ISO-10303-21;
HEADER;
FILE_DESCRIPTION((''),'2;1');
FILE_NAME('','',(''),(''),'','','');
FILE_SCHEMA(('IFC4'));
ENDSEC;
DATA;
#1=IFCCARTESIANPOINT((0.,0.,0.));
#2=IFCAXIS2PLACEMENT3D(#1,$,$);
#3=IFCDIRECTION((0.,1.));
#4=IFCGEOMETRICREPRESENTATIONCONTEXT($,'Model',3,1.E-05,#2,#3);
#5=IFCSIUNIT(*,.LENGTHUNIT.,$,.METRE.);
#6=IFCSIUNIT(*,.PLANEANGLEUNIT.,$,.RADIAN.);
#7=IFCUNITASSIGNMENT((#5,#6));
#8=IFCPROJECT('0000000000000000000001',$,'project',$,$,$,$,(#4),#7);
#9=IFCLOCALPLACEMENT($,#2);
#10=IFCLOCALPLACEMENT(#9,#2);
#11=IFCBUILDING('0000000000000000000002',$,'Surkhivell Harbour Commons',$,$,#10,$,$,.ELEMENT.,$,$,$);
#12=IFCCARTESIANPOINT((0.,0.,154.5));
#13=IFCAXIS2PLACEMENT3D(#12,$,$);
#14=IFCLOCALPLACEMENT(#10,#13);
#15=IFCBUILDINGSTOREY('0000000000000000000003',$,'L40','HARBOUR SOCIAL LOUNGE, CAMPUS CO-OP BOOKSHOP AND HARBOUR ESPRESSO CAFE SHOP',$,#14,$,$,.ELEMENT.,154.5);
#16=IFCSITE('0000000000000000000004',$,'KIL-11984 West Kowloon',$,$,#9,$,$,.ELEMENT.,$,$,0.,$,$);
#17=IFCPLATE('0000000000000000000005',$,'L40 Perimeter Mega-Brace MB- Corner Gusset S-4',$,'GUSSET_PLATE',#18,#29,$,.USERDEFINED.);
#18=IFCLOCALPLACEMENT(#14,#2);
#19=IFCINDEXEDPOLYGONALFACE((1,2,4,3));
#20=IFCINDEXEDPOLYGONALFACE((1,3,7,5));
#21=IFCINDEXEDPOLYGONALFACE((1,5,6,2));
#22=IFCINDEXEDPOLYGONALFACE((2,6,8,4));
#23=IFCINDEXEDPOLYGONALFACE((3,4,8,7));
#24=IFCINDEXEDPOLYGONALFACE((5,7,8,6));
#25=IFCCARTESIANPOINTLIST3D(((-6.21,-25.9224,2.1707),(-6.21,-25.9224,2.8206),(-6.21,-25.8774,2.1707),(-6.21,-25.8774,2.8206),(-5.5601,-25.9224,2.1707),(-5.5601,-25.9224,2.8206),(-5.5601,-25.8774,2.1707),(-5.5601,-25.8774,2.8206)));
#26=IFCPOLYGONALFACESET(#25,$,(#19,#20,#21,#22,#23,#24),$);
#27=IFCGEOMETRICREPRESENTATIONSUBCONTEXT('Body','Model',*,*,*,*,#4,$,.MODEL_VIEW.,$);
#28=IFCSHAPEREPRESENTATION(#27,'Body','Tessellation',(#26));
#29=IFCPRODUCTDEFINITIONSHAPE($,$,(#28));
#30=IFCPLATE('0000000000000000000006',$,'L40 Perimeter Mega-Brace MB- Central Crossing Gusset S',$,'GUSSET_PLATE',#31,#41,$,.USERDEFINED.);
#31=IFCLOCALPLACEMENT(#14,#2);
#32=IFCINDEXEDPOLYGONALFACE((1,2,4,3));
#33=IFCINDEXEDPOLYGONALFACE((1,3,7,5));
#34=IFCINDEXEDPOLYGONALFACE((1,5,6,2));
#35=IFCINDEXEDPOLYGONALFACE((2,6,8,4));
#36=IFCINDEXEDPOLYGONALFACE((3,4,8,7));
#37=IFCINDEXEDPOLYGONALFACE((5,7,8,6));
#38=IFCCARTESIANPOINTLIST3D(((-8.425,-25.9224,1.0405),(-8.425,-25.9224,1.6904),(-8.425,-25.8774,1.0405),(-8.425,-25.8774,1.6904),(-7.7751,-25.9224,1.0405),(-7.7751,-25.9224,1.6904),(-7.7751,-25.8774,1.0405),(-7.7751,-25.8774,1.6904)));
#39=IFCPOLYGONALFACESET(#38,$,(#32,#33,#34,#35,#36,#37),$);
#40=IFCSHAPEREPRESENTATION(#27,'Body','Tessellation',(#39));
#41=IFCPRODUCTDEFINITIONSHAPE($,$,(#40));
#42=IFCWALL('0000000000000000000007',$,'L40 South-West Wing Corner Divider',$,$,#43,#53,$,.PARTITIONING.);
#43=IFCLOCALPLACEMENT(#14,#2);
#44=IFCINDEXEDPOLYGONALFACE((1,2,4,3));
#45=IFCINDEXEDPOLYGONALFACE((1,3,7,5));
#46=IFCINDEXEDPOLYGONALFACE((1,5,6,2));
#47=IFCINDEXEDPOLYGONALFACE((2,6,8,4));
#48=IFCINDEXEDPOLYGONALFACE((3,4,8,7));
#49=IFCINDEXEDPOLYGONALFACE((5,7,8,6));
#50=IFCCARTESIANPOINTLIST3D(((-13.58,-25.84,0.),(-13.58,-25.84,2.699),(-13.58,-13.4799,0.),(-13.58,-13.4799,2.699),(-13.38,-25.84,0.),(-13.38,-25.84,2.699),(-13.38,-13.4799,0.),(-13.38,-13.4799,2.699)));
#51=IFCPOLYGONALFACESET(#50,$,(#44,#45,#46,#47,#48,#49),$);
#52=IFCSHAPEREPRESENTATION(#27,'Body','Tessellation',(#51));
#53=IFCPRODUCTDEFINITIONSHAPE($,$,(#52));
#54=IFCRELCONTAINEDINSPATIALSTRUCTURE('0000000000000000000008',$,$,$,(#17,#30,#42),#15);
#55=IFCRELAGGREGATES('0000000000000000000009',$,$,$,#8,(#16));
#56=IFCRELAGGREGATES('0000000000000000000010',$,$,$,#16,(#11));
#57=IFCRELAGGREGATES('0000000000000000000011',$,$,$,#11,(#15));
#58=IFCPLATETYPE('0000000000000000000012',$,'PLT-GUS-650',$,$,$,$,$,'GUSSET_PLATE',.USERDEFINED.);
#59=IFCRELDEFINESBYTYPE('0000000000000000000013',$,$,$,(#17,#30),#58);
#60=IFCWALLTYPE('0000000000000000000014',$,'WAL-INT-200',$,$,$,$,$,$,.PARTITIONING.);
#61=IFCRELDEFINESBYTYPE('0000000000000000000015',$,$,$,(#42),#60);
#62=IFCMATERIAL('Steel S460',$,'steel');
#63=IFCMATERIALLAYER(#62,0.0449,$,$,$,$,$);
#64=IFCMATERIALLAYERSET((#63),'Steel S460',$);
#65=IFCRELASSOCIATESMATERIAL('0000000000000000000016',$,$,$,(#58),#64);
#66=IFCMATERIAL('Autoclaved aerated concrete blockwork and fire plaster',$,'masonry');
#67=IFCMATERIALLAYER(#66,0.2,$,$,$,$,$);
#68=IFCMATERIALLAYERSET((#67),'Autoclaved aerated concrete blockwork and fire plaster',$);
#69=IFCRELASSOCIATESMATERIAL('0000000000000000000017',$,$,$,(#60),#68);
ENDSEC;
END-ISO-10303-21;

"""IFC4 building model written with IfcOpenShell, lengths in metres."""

from ifc_helpers import new_model, si_unit, direction, frame, frame_2d, origin, origin_2d, place, context, subcontext, project, spatial, rectangle, extrude, material, layer, layer_set, type_object, element, save


model = new_model("IFC4")

# Units and contexts
model_context = context("Model", 3, precision=1e-05, world=origin(), true_north=direction((0.0, 1.0)))
body_context = subcontext(model_context, "Body", "Model", "MODEL_VIEW")
ifc_project = project(units=[si_unit("LENGTHUNIT", "METRE"), si_unit("PLANEANGLEUNIT", "RADIAN")], contexts=[model_context])

# Site, building, storey
site_placement = place(None, origin())
site = spatial("IfcSite", under=ifc_project, at=site_placement, Name="KIL-11984 West Kowloon", CompositionType="ELEMENT", RefElevation=0.0)
building_placement = place(site_placement, origin())
building = spatial("IfcBuilding", under=site, at=building_placement, Name="Surkhivell Harbour Commons", CompositionType="ELEMENT")
storey_placement = place(building_placement, frame((0.0, 0.0, 154.5)))
storey = spatial("IfcBuildingStorey", under=building, at=storey_placement, Name="L40", Description="HARBOUR SOCIAL LOUNGE, CAMPUS CO-OP BOOKSHOP AND HARBOUR ESPRESSO CAFE SHOP", CompositionType="ELEMENT", Elevation=154.5)

# Shared definitions
ifc_material_1 = material(Name="Steel S460", Category="steel")

# Plates
ifc_layer_1 = layer(ifc_material_1, 0.0449)
ifc_layer_set_1 = layer_set([ifc_layer_1], Name="Steel S460")
plate_type_1 = type_object("IfcPlateType", Name="PLT-GUS-650", ElementType="GUSSET_PLATE", PredefinedType="USERDEFINED", material=ifc_layer_set_1)
for number, where, z_axis, x_axis, name in (
    (1, (-5.885, -25.8999, 2.1707), (0.0, 0.0, 1.0), (1.0, 0.0, 0.0), "L40 Perimeter Mega-Brace MB- Corner Gusset S-4"),
    (2, (-8.1001, -25.8999, 1.0405), (0.0, 0.0, 1.0), (1.0, 0.0, 0.0), "L40 Perimeter Mega-Brace MB- Central Crossing Gusset S"),
):
    element("IfcPlate", number, at=place(storey_placement, frame(where, z_axis=z_axis, x_axis=x_axis)), inside=storey, type_object=plate_type_1, Name=name, ObjectType="GUSSET_PLATE", PredefinedType="USERDEFINED", context=body_context, shape_type="SweptSolid", body=[
        extrude(rectangle(XDim=0.6499, YDim=0.0449, at=origin_2d()), origin(), (0.0, 0.0, 1.0), 0.6499),
    ])

# Wall
ifc_material_2 = material(Name="Autoclaved aerated concrete blockwork and fire plaster", Category="masonry")
ifc_layer_2 = layer(ifc_material_2, 0.2)
ifc_layer_set_2 = layer_set([ifc_layer_2], Name="Autoclaved aerated concrete blockwork and fire plaster")
wall_type = type_object("IfcWallType", Name="WAL-INT-200", PredefinedType="PARTITIONING", material=ifc_layer_set_2)
wall_placement = place(storey_placement, frame((-13.48, -25.8401, 0.0), z_axis=(0.0, 0.0, 1.0), x_axis=(0.0, 1.0, 0.0)))
element("IfcWall", 3, at=wall_placement, inside=storey, type_object=wall_type, Name="L40 South-West Wing Corner Divider", PredefinedType="PARTITIONING", context=body_context, shape_type="SweptSolid", body=[
    extrude(rectangle(XDim=12.3601, YDim=0.2, at=frame_2d((6.1802, 0.0))), origin(), (0.0, 0.0, 1.0), 2.699),
])

save(model, "model.ifc")
